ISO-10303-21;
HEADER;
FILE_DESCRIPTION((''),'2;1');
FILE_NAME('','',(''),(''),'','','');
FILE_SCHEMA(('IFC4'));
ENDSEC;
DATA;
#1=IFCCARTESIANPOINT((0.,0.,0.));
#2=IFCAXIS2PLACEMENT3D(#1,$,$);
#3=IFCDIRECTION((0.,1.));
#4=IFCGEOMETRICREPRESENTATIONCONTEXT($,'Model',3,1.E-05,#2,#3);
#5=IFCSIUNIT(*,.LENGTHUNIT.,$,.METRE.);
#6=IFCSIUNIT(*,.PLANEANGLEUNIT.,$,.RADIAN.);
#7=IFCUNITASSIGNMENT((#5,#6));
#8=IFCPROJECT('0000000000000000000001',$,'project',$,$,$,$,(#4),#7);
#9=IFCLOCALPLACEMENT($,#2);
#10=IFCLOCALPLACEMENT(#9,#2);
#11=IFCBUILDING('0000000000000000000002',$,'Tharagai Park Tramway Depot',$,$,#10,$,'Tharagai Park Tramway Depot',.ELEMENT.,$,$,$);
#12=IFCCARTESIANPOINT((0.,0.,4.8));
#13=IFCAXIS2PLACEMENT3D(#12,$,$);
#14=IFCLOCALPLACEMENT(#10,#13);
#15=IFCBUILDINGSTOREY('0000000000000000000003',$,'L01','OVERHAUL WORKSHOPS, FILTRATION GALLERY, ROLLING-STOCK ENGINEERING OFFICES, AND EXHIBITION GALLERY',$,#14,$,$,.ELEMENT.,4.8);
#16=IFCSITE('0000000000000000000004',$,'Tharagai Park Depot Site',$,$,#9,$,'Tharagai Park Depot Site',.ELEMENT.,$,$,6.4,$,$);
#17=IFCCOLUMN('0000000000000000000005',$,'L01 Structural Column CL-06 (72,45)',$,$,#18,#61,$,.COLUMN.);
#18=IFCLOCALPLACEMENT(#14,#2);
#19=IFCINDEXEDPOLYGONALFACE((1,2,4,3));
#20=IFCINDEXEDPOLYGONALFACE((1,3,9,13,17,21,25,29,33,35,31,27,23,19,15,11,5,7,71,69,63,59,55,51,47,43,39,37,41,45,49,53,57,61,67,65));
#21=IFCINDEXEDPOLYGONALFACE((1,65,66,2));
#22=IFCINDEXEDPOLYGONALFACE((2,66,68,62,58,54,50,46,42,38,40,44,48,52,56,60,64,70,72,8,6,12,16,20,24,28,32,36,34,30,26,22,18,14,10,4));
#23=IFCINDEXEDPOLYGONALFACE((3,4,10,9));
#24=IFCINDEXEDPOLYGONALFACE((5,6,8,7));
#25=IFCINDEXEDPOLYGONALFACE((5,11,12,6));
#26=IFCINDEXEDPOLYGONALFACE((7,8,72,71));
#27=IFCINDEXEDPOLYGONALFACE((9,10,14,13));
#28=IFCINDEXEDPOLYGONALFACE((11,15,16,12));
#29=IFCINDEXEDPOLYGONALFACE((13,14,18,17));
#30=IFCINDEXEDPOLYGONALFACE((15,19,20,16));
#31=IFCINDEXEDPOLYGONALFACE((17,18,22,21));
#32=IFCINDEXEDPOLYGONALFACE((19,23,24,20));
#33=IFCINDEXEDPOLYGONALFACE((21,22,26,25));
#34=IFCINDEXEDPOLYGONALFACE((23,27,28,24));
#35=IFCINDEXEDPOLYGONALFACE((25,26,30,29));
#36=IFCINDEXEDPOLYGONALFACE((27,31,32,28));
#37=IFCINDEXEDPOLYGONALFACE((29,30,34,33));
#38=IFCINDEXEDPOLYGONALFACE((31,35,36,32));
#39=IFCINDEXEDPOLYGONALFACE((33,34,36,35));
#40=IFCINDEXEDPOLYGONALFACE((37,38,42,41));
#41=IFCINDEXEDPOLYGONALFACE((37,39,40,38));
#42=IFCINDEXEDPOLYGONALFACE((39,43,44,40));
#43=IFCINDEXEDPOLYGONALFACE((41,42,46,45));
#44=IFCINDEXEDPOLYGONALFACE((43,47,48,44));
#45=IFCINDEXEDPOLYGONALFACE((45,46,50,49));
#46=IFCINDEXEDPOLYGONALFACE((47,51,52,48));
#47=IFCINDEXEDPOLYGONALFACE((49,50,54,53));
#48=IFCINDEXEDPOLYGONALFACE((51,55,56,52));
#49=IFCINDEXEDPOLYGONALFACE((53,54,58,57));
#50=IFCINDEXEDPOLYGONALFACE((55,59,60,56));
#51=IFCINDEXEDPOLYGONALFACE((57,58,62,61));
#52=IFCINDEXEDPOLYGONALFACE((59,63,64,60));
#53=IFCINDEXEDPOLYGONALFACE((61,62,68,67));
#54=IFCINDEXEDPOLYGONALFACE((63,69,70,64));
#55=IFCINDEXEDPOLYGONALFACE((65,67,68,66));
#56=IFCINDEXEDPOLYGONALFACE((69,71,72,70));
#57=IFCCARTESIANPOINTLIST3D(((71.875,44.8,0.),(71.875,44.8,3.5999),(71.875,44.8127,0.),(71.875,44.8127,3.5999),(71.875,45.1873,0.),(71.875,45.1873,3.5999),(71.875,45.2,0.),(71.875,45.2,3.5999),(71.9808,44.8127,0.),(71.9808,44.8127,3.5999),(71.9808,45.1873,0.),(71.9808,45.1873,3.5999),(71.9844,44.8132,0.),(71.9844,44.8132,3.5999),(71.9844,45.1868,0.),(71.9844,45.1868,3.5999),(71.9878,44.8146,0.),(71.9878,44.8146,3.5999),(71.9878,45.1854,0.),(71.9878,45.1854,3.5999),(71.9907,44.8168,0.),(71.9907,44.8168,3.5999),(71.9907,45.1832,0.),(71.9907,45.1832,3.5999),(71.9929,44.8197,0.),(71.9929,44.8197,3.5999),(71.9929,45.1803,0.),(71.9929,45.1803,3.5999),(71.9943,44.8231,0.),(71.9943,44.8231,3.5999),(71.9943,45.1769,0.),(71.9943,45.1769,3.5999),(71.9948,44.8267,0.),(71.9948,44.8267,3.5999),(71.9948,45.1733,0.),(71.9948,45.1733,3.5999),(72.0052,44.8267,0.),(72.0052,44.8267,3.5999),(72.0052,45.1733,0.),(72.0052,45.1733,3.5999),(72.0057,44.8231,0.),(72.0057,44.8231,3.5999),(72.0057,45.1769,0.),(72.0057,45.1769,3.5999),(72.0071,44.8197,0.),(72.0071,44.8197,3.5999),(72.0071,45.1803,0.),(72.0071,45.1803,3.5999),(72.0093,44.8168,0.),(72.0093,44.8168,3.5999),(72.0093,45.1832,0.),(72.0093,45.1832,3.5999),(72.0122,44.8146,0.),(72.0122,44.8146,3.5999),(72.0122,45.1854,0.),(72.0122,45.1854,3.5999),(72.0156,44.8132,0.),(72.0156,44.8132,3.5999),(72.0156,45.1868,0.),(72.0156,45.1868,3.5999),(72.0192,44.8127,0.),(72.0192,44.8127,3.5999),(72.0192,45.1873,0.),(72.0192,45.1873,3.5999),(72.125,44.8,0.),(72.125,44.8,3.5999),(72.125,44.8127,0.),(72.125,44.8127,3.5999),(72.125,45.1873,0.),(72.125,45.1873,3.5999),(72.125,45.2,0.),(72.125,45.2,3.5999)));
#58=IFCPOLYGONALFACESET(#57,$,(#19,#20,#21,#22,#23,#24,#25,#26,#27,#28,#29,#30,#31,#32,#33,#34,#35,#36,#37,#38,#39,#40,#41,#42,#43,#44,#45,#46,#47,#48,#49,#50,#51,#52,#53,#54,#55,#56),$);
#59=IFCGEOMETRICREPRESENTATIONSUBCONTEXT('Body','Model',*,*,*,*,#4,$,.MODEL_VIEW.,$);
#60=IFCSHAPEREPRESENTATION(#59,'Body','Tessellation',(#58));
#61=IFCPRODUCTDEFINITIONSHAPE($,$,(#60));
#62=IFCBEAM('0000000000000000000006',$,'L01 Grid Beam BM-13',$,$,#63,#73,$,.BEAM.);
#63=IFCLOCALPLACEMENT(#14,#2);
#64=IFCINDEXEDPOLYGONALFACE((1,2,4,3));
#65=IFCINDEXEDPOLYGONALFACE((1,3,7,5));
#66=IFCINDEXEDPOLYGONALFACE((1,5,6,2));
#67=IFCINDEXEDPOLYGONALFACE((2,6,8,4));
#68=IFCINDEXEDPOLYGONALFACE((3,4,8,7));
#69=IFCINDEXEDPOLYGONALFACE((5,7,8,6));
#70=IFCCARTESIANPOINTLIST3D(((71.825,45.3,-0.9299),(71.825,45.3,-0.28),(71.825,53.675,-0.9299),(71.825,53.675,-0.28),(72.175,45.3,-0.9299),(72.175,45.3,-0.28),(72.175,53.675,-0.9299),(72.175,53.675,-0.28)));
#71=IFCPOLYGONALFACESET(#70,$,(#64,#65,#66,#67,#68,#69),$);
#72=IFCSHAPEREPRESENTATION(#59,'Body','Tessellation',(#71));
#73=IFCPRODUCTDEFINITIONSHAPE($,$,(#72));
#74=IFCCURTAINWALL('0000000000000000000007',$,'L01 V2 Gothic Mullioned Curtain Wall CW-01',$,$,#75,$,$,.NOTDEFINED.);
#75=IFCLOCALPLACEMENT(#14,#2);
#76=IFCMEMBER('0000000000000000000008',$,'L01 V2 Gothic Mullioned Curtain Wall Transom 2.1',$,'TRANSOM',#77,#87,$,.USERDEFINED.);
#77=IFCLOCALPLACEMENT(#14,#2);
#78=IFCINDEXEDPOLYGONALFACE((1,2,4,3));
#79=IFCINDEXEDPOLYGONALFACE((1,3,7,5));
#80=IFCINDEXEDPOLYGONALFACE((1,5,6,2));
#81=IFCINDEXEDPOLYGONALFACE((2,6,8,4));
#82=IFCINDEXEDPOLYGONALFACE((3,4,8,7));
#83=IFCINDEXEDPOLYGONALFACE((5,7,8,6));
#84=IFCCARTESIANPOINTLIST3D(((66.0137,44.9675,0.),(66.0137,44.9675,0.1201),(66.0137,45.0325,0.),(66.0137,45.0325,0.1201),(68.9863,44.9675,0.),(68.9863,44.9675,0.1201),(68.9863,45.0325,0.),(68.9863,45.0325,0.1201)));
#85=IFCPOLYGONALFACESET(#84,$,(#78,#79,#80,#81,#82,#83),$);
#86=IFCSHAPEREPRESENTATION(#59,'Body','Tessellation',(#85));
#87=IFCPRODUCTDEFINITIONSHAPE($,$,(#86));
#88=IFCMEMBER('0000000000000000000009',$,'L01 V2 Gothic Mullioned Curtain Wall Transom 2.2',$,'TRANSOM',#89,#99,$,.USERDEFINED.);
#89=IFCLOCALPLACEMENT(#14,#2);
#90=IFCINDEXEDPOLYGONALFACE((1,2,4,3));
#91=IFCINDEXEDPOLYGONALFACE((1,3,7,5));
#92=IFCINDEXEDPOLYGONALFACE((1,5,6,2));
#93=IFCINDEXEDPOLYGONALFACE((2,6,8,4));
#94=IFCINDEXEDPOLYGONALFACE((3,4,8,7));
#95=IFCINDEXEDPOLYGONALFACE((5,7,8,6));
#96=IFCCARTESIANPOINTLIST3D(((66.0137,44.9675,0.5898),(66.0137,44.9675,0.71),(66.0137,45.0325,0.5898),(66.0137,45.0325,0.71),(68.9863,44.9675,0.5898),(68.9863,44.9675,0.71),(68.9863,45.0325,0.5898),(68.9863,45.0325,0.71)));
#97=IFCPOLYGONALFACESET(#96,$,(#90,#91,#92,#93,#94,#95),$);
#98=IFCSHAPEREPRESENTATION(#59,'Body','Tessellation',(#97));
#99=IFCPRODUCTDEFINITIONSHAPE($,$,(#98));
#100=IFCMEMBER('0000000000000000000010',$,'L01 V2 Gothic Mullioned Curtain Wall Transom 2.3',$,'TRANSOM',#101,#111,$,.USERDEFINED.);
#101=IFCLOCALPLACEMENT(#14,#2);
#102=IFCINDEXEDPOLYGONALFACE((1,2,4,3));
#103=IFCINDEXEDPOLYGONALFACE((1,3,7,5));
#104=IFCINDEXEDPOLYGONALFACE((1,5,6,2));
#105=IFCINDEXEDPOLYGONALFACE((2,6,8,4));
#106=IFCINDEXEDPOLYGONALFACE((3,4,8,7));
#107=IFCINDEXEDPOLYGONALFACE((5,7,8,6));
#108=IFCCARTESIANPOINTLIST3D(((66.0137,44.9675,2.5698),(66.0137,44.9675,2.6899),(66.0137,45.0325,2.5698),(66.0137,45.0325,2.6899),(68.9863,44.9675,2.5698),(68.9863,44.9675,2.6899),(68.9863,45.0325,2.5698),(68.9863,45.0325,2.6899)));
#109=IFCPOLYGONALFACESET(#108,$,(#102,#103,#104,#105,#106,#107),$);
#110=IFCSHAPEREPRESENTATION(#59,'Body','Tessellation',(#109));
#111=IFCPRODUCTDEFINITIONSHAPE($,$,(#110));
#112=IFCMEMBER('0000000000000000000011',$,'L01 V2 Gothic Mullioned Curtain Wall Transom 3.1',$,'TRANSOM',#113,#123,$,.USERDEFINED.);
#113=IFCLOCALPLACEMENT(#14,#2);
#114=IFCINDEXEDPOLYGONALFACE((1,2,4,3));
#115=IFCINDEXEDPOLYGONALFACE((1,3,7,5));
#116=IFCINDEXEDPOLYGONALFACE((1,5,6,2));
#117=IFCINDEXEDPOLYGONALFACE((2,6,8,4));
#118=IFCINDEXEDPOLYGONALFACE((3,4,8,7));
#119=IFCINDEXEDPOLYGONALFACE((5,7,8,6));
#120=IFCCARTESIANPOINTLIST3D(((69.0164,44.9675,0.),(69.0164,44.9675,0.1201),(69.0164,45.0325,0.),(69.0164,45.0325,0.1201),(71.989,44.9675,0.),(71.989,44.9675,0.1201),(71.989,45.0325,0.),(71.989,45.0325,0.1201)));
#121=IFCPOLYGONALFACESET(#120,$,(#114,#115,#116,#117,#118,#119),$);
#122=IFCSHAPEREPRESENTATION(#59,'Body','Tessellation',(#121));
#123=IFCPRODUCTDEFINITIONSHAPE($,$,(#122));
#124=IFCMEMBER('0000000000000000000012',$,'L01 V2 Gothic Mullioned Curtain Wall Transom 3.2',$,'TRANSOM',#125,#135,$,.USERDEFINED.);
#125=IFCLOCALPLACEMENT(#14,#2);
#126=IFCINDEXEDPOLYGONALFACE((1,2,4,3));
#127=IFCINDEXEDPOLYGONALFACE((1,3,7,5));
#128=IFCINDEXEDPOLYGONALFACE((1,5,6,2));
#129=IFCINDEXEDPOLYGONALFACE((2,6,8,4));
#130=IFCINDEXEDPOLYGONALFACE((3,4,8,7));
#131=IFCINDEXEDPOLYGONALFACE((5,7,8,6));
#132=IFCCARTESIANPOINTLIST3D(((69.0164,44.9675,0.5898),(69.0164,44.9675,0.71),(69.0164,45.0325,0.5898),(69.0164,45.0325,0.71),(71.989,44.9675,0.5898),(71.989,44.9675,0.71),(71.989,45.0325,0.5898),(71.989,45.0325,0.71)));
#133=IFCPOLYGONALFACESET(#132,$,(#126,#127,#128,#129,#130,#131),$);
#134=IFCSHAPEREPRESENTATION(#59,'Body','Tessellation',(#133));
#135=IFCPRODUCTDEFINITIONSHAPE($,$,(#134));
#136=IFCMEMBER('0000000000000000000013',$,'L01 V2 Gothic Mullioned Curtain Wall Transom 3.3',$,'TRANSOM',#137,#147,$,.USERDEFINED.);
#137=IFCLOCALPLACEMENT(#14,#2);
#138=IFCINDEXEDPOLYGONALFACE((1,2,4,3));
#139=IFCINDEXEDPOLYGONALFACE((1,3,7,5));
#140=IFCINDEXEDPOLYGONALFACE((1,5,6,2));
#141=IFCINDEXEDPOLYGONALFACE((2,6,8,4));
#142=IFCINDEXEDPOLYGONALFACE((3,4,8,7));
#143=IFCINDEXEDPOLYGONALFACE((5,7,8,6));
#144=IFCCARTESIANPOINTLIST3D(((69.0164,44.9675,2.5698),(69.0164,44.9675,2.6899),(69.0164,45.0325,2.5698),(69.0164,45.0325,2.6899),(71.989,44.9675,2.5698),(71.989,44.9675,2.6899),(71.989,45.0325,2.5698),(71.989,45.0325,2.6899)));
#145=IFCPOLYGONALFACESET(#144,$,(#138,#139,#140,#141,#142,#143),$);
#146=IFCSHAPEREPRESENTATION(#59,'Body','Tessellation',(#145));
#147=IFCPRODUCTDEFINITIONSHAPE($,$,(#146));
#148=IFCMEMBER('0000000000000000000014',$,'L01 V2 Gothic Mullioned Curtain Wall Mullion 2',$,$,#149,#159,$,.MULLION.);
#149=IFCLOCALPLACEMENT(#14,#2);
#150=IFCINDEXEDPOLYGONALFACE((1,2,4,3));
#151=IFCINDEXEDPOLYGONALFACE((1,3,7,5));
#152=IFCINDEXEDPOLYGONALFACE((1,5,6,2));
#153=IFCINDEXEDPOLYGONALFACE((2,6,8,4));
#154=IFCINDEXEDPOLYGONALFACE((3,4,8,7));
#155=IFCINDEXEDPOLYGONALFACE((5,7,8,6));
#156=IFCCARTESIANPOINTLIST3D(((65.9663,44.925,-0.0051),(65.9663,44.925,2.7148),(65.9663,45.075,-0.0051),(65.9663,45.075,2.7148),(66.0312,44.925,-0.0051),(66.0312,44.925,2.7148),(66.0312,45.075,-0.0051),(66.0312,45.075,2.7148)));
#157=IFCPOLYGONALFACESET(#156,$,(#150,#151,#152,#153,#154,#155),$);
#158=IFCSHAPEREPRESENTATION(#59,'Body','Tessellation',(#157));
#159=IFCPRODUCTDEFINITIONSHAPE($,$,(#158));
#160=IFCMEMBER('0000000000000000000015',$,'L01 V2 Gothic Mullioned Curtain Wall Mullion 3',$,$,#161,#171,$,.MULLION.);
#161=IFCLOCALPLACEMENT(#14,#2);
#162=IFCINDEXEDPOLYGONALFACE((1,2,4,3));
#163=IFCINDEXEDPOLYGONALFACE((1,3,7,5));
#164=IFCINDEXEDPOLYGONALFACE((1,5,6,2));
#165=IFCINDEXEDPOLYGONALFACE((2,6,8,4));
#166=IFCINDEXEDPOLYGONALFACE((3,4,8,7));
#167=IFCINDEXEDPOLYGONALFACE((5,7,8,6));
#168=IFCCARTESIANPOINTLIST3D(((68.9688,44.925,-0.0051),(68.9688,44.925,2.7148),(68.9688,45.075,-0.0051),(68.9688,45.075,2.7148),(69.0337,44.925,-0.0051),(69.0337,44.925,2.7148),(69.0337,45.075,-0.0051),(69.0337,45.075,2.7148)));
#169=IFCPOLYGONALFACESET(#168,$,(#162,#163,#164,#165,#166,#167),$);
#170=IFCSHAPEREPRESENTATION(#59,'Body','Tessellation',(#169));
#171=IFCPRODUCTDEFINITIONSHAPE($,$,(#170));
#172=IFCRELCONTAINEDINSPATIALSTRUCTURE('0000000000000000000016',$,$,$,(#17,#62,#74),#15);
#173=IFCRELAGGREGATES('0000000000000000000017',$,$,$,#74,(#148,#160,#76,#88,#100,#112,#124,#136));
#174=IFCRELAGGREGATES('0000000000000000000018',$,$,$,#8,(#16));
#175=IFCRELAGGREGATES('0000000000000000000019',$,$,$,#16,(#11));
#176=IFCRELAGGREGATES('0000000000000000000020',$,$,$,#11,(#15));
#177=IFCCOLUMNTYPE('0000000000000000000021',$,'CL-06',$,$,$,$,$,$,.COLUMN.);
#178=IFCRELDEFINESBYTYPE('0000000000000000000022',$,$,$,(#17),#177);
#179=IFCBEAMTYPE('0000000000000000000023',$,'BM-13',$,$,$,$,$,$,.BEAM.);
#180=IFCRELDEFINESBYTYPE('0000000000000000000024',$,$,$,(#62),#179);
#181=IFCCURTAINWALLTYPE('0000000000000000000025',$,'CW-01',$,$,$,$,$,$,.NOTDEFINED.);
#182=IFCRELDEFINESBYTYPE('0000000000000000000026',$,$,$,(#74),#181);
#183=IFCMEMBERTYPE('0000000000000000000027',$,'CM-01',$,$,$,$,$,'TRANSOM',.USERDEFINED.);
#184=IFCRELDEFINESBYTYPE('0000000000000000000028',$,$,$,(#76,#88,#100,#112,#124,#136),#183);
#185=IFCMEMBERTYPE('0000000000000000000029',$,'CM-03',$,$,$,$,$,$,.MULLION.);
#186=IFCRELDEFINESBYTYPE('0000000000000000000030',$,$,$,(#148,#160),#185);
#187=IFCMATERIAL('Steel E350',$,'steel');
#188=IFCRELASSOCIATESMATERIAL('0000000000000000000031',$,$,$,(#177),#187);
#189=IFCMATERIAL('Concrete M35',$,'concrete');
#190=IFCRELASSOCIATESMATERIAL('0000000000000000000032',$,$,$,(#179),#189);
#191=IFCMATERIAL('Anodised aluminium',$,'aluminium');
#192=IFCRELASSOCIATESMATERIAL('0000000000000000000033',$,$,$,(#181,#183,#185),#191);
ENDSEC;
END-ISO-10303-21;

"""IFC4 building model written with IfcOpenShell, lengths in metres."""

from ifc_helpers import new_model, si_unit, direction, frame, origin, origin_2d, place, context, subcontext, project, spatial, rectangle, i_section, extrude, material, material_profile, profile_set, type_object, element, aggregate, save


model = new_model("IFC4")

# Units and contexts
model_context = context("Model", 3, precision=1e-05, world=origin(), true_north=direction((0.0, 1.0)))
body_context = subcontext(model_context, "Body", "Model", "MODEL_VIEW")
ifc_project = project(units=[si_unit("LENGTHUNIT", "METRE"), si_unit("PLANEANGLEUNIT", "RADIAN")], contexts=[model_context])

# Site, building, storey
site_placement = place(None, origin())
site = spatial("IfcSite", under=ifc_project, at=site_placement, Name="Tharagai Park Depot Site", LongName="Tharagai Park Depot Site", CompositionType="ELEMENT", RefElevation=6.4)
building_placement = place(site_placement, origin())
building = spatial("IfcBuilding", under=site, at=building_placement, Name="Tharagai Park Tramway Depot", LongName="Tharagai Park Tramway Depot", CompositionType="ELEMENT")
storey_placement = place(building_placement, frame((0.0, 0.0, 4.8)))
storey = spatial("IfcBuildingStorey", under=building, at=storey_placement, Name="L01", Description="OVERHAUL WORKSHOPS, FILTRATION GALLERY, ROLLING-STOCK ENGINEERING OFFICES, AND EXHIBITION GALLERY", CompositionType="ELEMENT", Elevation=4.8)

# Column
ifc_material_1 = material(Name="Steel E350", Category="steel")
ifc_material_profile_1 = material_profile(ifc_material_1, i_section(OverallWidth=0.25, OverallDepth=0.3999, WebThickness=0.0105, FlangeThickness=0.0127, FilletRadius=0.0139, at=origin_2d()), Name="ISHB 400")
ifc_profile_set_1 = profile_set([ifc_material_profile_1], Name="Steel E350")
column_type = type_object("IfcColumnType", Name="CL-06", PredefinedType="COLUMN", material=ifc_profile_set_1)
column_placement = place(storey_placement, frame((72.0, 45.0, 0.0), z_axis=(0.0, 0.0, 1.0), x_axis=(1.0, 0.0, 0.0)))
element("IfcColumn", 1, at=column_placement, inside=storey, type_object=column_type, Name="L01 Structural Column CL-06 (72,45)", PredefinedType="COLUMN", context=body_context, shape_type="SweptSolid", body=[
    extrude(i_section(OverallWidth=0.25, OverallDepth=0.3999, WebThickness=0.0105, FlangeThickness=0.0127, FilletRadius=0.0139, at=origin_2d()), origin(), (0.0, 0.0, 1.0), 3.5999),
])

# Beam
ifc_material_2 = material(Name="Concrete M35", Category="concrete")
ifc_material_profile_2 = material_profile(ifc_material_2, rectangle(XDim=0.3501, YDim=0.6499, at=origin_2d()), Name="RC 350x650")
ifc_profile_set_2 = profile_set([ifc_material_profile_2], Name="Concrete M35")
beam_type_1 = type_object("IfcBeamType", Name="BM-13", PredefinedType="BEAM", material=ifc_profile_set_2)
beam_1_placement = place(storey_placement, frame((72.0, 45.3, -0.605), z_axis=(0.0, 1.0, 0.0), x_axis=(-1.0, 0.0, 0.0)))
element("IfcBeam", 2, at=beam_1_placement, inside=storey, type_object=beam_type_1, Name="L01 Grid Beam BM-13", PredefinedType="BEAM", context=body_context, shape_type="SweptSolid", body=[
    extrude(rectangle(XDim=0.3501, YDim=0.6499, at=origin_2d()), origin(), (0.0, 0.0, 1.0), 8.375),
])

# Curtain wall, members
ifc_material_3 = material(Name="Anodised aluminium", Category="aluminium")
curtain_wall_type = type_object("IfcCurtainWallType", Name="CW-01", PredefinedType="NOTDEFINED", material=ifc_material_3)
curtain_wall_placement = place(storey_placement, origin())
curtain_wall = element("IfcCurtainWall", 3, at=curtain_wall_placement, inside=storey, type_object=curtain_wall_type, Name="L01 V2 Gothic Mullioned Curtain Wall CW-01", PredefinedType="NOTDEFINED")
ifc_material_profile_3 = material_profile(ifc_material_3, rectangle(XDim=0.0649, YDim=0.1201, at=origin_2d()), Name="ALU 65x120")
ifc_profile_set_3 = profile_set([ifc_material_profile_3], Name="Anodised aluminium")
member_type_1 = type_object("IfcMemberType", Name="CM-01", ElementType="TRANSOM", PredefinedType="USERDEFINED", material=ifc_profile_set_3)
member_1_placement = place(storey_placement, frame((66.0137, 45.0, 0.0601), z_axis=(1.0, 0.0, 0.0), x_axis=(0.0, 1.0, 0.0)))
member_1 = element("IfcMember", 4, at=member_1_placement, type_object=member_type_1, Name="L01 V2 Gothic Mullioned Curtain Wall Transom 2.1", ObjectType="TRANSOM", PredefinedType="USERDEFINED", context=body_context, shape_type="SweptSolid", body=[
    extrude(rectangle(XDim=0.0649, YDim=0.1201, at=origin_2d()), origin(), (0.0, 0.0, 1.0), 2.9727),
])
member_2_placement = place(storey_placement, frame((66.0137, 45.0, 0.6499), z_axis=(1.0, 0.0, 0.0), x_axis=(0.0, 1.0, 0.0)))
member_2 = element("IfcMember", 5, at=member_2_placement, type_object=member_type_1, Name="L01 V2 Gothic Mullioned Curtain Wall Transom 2.2", ObjectType="TRANSOM", PredefinedType="USERDEFINED", context=body_context, shape_type="SweptSolid", body=[
    extrude(rectangle(XDim=0.0649, YDim=0.1201, at=origin_2d()), origin(), (0.0, 0.0, 1.0), 2.9727),
])
member_3_placement = place(storey_placement, frame((66.0137, 45.0, 2.6299), z_axis=(1.0, 0.0, 0.0), x_axis=(0.0, 1.0, 0.0)))
member_3 = element("IfcMember", 6, at=member_3_placement, type_object=member_type_1, Name="L01 V2 Gothic Mullioned Curtain Wall Transom 2.3", ObjectType="TRANSOM", PredefinedType="USERDEFINED", context=body_context, shape_type="SweptSolid", body=[
    extrude(rectangle(XDim=0.0649, YDim=0.1201, at=origin_2d()), origin(), (0.0, 0.0, 1.0), 2.9727),
])
member_4_placement = place(storey_placement, frame((69.0164, 45.0, 0.0601), z_axis=(1.0, 0.0, 0.0), x_axis=(0.0, 1.0, 0.0)))
member_4 = element("IfcMember", 7, at=member_4_placement, type_object=member_type_1, Name="L01 V2 Gothic Mullioned Curtain Wall Transom 3.1", ObjectType="TRANSOM", PredefinedType="USERDEFINED", context=body_context, shape_type="SweptSolid", body=[
    extrude(rectangle(XDim=0.0649, YDim=0.1201, at=origin_2d()), origin(), (0.0, 0.0, 1.0), 2.9727),
])
member_5_placement = place(storey_placement, frame((69.0164, 45.0, 0.6499), z_axis=(1.0, 0.0, 0.0), x_axis=(0.0, 1.0, 0.0)))
member_5 = element("IfcMember", 8, at=member_5_placement, type_object=member_type_1, Name="L01 V2 Gothic Mullioned Curtain Wall Transom 3.2", ObjectType="TRANSOM", PredefinedType="USERDEFINED", context=body_context, shape_type="SweptSolid", body=[
    extrude(rectangle(XDim=0.0649, YDim=0.1201, at=origin_2d()), origin(), (0.0, 0.0, 1.0), 2.9727),
])
member_6_placement = place(storey_placement, frame((69.0164, 45.0, 2.6299), z_axis=(1.0, 0.0, 0.0), x_axis=(0.0, 1.0, 0.0)))
member_6 = element("IfcMember", 9, at=member_6_placement, type_object=member_type_1, Name="L01 V2 Gothic Mullioned Curtain Wall Transom 3.3", ObjectType="TRANSOM", PredefinedType="USERDEFINED", context=body_context, shape_type="SweptSolid", body=[
    extrude(rectangle(XDim=0.0649, YDim=0.1201, at=origin_2d()), origin(), (0.0, 0.0, 1.0), 2.9727),
])
ifc_material_profile_4 = material_profile(ifc_material_3, rectangle(XDim=0.0649, YDim=0.1499, at=origin_2d()), Name="ALU 65x150")
ifc_profile_set_4 = profile_set([ifc_material_profile_4], Name="Anodised aluminium")
member_type_2 = type_object("IfcMemberType", Name="CM-03", PredefinedType="MULLION", material=ifc_profile_set_4)
member_7_placement = place(storey_placement, frame((65.9988, 45.0, -0.0051), z_axis=(0.0, 0.0, 1.0), x_axis=(1.0, 0.0, 0.0)))
member_7 = element("IfcMember", 10, at=member_7_placement, type_object=member_type_2, Name="L01 V2 Gothic Mullioned Curtain Wall Mullion 2", PredefinedType="MULLION", context=body_context, shape_type="SweptSolid", body=[
    extrude(rectangle(XDim=0.0649, YDim=0.1499, at=origin_2d()), origin(), (0.0, 0.0, 1.0), 2.72),
])
member_8_placement = place(storey_placement, frame((69.0012, 45.0, -0.0051), z_axis=(0.0, 0.0, 1.0), x_axis=(1.0, 0.0, 0.0)))
member_8 = element("IfcMember", 11, at=member_8_placement, type_object=member_type_2, Name="L01 V2 Gothic Mullioned Curtain Wall Mullion 3", PredefinedType="MULLION", context=body_context, shape_type="SweptSolid", body=[
    extrude(rectangle(XDim=0.0649, YDim=0.1499, at=origin_2d()), origin(), (0.0, 0.0, 1.0), 2.72),
])

aggregate(curtain_wall, [member_7, member_8, member_1, member_2, member_3, member_4, member_5, member_6])

save(model, "model.ifc")
